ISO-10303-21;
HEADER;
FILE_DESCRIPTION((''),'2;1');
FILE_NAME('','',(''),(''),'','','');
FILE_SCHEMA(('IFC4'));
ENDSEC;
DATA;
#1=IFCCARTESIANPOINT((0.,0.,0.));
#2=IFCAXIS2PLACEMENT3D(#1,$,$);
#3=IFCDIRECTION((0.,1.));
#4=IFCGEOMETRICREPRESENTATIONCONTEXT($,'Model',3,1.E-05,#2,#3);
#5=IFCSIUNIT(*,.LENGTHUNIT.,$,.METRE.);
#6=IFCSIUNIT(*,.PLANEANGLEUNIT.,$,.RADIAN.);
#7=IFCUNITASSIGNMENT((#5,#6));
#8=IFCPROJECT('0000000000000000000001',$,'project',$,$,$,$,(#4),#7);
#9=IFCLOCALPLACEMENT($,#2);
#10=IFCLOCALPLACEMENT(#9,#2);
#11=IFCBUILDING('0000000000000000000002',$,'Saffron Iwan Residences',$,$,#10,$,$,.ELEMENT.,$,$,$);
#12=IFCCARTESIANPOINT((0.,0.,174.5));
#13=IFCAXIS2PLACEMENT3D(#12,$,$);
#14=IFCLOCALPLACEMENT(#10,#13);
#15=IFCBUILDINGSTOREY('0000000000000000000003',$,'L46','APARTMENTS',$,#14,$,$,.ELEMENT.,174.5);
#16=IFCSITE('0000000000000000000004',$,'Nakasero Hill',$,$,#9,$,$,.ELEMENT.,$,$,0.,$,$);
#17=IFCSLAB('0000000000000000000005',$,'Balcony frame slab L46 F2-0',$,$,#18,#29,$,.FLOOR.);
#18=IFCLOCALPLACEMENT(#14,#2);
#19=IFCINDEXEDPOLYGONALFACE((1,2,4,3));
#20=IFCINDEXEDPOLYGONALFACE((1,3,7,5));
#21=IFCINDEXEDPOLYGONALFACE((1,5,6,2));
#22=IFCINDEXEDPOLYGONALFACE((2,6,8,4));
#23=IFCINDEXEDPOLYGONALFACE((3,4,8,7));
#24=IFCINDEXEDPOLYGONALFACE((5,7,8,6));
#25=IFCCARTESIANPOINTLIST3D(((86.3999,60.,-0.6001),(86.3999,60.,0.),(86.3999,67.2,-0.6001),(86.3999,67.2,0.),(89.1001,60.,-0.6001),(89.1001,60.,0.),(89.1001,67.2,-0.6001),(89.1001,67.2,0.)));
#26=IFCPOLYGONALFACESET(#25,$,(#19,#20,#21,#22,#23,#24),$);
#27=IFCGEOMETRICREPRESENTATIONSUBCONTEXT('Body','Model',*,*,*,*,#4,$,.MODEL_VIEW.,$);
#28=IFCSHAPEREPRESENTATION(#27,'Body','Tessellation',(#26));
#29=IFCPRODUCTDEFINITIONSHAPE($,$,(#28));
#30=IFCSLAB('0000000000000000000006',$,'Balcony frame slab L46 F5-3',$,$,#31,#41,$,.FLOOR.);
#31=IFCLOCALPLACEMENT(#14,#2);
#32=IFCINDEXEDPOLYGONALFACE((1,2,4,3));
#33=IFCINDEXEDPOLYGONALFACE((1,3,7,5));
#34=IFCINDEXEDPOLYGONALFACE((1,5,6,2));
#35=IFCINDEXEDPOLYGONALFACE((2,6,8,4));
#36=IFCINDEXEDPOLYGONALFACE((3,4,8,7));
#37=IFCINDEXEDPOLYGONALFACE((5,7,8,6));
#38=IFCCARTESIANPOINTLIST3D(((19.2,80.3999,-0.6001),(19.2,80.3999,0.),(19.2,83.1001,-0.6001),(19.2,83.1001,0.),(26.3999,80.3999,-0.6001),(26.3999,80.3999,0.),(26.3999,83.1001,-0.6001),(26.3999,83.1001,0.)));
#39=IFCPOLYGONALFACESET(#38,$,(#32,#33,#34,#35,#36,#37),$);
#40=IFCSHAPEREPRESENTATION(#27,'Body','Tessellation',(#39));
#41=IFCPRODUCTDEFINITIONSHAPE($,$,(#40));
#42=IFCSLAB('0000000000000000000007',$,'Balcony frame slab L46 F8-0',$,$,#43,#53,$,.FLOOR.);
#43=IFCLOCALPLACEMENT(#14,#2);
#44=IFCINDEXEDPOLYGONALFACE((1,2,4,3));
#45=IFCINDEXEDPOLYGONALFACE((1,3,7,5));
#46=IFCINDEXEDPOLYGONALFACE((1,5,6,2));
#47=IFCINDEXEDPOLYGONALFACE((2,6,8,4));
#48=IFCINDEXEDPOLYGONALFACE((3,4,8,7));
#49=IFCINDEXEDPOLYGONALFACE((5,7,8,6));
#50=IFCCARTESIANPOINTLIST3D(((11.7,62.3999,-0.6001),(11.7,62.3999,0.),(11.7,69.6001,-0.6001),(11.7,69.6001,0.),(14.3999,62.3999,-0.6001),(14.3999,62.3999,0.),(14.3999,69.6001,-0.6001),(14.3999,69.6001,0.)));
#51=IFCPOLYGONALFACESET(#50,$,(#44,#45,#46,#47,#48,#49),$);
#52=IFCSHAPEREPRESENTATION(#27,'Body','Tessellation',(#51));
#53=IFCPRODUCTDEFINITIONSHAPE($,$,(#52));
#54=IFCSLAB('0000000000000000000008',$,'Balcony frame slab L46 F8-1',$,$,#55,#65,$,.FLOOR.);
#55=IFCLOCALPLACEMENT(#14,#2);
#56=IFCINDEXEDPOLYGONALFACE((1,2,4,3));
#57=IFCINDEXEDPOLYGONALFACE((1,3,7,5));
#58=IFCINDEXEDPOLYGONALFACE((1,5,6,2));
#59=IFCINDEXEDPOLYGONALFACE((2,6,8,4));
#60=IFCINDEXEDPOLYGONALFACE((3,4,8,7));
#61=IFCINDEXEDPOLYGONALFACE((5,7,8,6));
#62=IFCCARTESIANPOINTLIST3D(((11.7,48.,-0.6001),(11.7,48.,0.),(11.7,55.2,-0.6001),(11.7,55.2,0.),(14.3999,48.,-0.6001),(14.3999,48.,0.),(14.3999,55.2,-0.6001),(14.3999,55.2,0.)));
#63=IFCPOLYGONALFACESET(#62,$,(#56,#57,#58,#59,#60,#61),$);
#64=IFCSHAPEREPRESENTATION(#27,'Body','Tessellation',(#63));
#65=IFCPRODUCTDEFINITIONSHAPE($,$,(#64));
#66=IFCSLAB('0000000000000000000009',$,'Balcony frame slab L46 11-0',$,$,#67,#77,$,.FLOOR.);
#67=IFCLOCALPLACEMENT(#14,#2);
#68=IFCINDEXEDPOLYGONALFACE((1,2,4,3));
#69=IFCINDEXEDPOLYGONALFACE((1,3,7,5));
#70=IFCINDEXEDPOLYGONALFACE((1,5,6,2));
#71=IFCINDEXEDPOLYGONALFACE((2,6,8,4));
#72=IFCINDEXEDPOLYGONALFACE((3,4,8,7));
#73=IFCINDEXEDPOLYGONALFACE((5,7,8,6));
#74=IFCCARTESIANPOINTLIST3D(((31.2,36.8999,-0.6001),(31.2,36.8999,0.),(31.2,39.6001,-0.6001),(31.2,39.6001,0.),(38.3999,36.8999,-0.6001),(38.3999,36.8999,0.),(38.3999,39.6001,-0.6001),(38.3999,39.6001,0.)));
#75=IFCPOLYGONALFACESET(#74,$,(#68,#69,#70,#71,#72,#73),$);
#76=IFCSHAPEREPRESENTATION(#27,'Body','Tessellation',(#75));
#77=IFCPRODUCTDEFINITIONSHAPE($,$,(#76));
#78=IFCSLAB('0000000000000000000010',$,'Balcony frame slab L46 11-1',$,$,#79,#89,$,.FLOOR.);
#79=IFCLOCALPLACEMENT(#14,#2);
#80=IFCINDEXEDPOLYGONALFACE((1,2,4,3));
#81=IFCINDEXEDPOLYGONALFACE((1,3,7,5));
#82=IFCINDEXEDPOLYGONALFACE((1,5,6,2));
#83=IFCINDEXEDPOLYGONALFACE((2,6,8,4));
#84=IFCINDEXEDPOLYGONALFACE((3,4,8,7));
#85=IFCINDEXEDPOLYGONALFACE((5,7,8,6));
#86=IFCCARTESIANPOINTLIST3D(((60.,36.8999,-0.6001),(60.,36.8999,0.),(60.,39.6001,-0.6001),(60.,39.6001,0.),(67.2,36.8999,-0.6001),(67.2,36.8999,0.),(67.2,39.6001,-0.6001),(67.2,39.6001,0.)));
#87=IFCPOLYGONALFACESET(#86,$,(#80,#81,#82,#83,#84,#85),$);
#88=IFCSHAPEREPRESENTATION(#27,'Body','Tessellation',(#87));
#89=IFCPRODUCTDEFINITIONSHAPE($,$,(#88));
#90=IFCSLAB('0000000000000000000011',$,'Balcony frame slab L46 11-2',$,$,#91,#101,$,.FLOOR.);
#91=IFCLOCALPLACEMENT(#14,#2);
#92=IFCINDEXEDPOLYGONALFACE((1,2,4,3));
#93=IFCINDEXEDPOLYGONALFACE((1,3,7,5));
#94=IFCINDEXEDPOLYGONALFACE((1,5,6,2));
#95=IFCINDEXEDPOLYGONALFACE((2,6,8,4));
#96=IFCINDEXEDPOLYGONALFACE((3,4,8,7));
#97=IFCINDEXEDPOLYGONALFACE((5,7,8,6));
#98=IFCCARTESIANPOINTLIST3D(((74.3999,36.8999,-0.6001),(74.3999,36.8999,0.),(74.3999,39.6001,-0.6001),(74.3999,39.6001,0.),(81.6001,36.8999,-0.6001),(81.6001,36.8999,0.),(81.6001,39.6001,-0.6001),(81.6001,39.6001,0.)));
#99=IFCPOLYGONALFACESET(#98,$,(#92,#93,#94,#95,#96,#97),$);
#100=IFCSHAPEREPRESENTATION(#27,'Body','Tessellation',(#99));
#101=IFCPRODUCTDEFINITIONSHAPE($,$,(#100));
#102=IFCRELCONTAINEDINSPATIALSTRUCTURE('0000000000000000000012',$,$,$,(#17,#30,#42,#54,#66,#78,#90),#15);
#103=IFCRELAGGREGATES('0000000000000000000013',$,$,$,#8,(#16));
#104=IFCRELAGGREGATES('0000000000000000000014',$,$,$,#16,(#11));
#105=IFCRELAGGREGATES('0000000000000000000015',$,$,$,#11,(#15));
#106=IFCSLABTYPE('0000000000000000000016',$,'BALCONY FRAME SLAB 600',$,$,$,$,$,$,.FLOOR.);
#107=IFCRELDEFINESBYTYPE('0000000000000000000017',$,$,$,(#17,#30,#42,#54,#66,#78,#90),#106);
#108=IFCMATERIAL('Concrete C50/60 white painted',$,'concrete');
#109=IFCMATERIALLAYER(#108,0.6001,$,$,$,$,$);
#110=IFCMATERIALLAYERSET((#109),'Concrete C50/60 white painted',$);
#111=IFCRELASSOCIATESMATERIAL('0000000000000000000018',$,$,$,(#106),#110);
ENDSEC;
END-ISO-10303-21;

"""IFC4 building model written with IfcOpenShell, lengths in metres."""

from ifc_helpers import new_model, si_unit, direction, frame, origin, place, context, subcontext, project, spatial, polyline, outline, extrude, material, layer, layer_set, type_object, element, save


model = new_model("IFC4")

# Units and contexts
model_context = context("Model", 3, precision=1e-05, world=origin(), true_north=direction((0.0, 1.0)))
body_context = subcontext(model_context, "Body", "Model", "MODEL_VIEW")
ifc_project = project(units=[si_unit("LENGTHUNIT", "METRE"), si_unit("PLANEANGLEUNIT", "RADIAN")], contexts=[model_context])

# Site, building, storey
site_placement = place(None, origin())
site = spatial("IfcSite", under=ifc_project, at=site_placement, Name="Nakasero Hill", CompositionType="ELEMENT", RefElevation=0.0)
building_placement = place(site_placement, origin())
building = spatial("IfcBuilding", under=site, at=building_placement, Name="Saffron Iwan Residences", CompositionType="ELEMENT")
storey_placement = place(building_placement, frame((0.0, 0.0, 174.5)))
storey = spatial("IfcBuildingStorey", under=building, at=storey_placement, Name="L46", Description="APARTMENTS", CompositionType="ELEMENT", Elevation=174.5)

# Slabs
ifc_material_1 = material(Name="Concrete C50/60 white painted", Category="concrete")
ifc_layer_1 = layer(ifc_material_1, 0.6001)
ifc_layer_set_1 = layer_set([ifc_layer_1], Name="Concrete C50/60 white painted")
slab_type_1 = type_object("IfcSlabType", Name="BALCONY FRAME SLAB 600", PredefinedType="FLOOR", material=ifc_layer_set_1)
slab_1_placement = place(storey_placement, frame((0.0, 0.0, -0.6001)))
element("IfcSlab", 1, at=slab_1_placement, inside=storey, type_object=slab_type_1, Name="Balcony frame slab L46 F2-0", PredefinedType="FLOOR", context=body_context, shape_type="SweptSolid", body=[
    extrude(outline(polyline([(89.1001, 60.0), (89.1001, 67.2), (86.3999, 67.2), (86.3999, 60.0), (89.1001, 60.0)])), origin(), (0.0, 0.0, 1.0), 0.6001),
])
slab_2_placement = place(storey_placement, frame((0.0, 0.0, -0.6001)))
element("IfcSlab", 2, at=slab_2_placement, inside=storey, type_object=slab_type_1, Name="Balcony frame slab L46 F5-3", PredefinedType="FLOOR", context=body_context, shape_type="SweptSolid", body=[
    extrude(outline(polyline([(26.3999, 83.1001), (19.2, 83.1001), (19.2, 80.3999), (26.3999, 80.3999), (26.3999, 83.1001)])), origin(), (0.0, 0.0, 1.0), 0.6001),
])
slab_3_placement = place(storey_placement, frame((0.0, 0.0, -0.6001)))
element("IfcSlab", 3, at=slab_3_placement, inside=storey, type_object=slab_type_1, Name="Balcony frame slab L46 F8-0", PredefinedType="FLOOR", context=body_context, shape_type="SweptSolid", body=[
    extrude(outline(polyline([(11.7, 69.6001), (11.7, 62.3999), (14.3999, 62.3999), (14.3999, 69.6001), (11.7, 69.6001)])), origin(), (0.0, 0.0, 1.0), 0.6001),
])
slab_4_placement = place(storey_placement, frame((0.0, 0.0, -0.6001)))
element("IfcSlab", 4, at=slab_4_placement, inside=storey, type_object=slab_type_1, Name="Balcony frame slab L46 F8-1", PredefinedType="FLOOR", context=body_context, shape_type="SweptSolid", body=[
    extrude(outline(polyline([(11.7, 55.2), (11.7, 48.0), (14.3999, 48.0), (14.3999, 55.2), (11.7, 55.2)])), origin(), (0.0, 0.0, 1.0), 0.6001),
])
slab_5_placement = place(storey_placement, frame((0.0, 0.0, -0.6001)))
element("IfcSlab", 5, at=slab_5_placement, inside=storey, type_object=slab_type_1, Name="Balcony frame slab L46 11-0", PredefinedType="FLOOR", context=body_context, shape_type="SweptSolid", body=[
    extrude(outline(polyline([(31.2, 36.8999), (38.3999, 36.8999), (38.3999, 39.6001), (31.2, 39.6001), (31.2, 36.8999)])), origin(), (0.0, 0.0, 1.0), 0.6001),
])
slab_6_placement = place(storey_placement, frame((0.0, 0.0, -0.6001)))
element("IfcSlab", 6, at=slab_6_placement, inside=storey, type_object=slab_type_1, Name="Balcony frame slab L46 11-1", PredefinedType="FLOOR", context=body_context, shape_type="SweptSolid", body=[
    extrude(outline(polyline([(60.0, 36.8999), (67.2, 36.8999), (67.2, 39.6001), (60.0, 39.6001), (60.0, 36.8999)])), origin(), (0.0, 0.0, 1.0), 0.6001),
])
slab_7_placement = place(storey_placement, frame((0.0, 0.0, -0.6001)))
element("IfcSlab", 7, at=slab_7_placement, inside=storey, type_object=slab_type_1, Name="Balcony frame slab L46 11-2", PredefinedType="FLOOR", context=body_context, shape_type="SweptSolid", body=[
    extrude(outline(polyline([(74.3999, 36.8999), (81.6001, 36.8999), (81.6001, 39.6001), (74.3999, 39.6001), (74.3999, 36.8999)])), origin(), (0.0, 0.0, 1.0), 0.6001),
])

save(model, "model.ifc")
